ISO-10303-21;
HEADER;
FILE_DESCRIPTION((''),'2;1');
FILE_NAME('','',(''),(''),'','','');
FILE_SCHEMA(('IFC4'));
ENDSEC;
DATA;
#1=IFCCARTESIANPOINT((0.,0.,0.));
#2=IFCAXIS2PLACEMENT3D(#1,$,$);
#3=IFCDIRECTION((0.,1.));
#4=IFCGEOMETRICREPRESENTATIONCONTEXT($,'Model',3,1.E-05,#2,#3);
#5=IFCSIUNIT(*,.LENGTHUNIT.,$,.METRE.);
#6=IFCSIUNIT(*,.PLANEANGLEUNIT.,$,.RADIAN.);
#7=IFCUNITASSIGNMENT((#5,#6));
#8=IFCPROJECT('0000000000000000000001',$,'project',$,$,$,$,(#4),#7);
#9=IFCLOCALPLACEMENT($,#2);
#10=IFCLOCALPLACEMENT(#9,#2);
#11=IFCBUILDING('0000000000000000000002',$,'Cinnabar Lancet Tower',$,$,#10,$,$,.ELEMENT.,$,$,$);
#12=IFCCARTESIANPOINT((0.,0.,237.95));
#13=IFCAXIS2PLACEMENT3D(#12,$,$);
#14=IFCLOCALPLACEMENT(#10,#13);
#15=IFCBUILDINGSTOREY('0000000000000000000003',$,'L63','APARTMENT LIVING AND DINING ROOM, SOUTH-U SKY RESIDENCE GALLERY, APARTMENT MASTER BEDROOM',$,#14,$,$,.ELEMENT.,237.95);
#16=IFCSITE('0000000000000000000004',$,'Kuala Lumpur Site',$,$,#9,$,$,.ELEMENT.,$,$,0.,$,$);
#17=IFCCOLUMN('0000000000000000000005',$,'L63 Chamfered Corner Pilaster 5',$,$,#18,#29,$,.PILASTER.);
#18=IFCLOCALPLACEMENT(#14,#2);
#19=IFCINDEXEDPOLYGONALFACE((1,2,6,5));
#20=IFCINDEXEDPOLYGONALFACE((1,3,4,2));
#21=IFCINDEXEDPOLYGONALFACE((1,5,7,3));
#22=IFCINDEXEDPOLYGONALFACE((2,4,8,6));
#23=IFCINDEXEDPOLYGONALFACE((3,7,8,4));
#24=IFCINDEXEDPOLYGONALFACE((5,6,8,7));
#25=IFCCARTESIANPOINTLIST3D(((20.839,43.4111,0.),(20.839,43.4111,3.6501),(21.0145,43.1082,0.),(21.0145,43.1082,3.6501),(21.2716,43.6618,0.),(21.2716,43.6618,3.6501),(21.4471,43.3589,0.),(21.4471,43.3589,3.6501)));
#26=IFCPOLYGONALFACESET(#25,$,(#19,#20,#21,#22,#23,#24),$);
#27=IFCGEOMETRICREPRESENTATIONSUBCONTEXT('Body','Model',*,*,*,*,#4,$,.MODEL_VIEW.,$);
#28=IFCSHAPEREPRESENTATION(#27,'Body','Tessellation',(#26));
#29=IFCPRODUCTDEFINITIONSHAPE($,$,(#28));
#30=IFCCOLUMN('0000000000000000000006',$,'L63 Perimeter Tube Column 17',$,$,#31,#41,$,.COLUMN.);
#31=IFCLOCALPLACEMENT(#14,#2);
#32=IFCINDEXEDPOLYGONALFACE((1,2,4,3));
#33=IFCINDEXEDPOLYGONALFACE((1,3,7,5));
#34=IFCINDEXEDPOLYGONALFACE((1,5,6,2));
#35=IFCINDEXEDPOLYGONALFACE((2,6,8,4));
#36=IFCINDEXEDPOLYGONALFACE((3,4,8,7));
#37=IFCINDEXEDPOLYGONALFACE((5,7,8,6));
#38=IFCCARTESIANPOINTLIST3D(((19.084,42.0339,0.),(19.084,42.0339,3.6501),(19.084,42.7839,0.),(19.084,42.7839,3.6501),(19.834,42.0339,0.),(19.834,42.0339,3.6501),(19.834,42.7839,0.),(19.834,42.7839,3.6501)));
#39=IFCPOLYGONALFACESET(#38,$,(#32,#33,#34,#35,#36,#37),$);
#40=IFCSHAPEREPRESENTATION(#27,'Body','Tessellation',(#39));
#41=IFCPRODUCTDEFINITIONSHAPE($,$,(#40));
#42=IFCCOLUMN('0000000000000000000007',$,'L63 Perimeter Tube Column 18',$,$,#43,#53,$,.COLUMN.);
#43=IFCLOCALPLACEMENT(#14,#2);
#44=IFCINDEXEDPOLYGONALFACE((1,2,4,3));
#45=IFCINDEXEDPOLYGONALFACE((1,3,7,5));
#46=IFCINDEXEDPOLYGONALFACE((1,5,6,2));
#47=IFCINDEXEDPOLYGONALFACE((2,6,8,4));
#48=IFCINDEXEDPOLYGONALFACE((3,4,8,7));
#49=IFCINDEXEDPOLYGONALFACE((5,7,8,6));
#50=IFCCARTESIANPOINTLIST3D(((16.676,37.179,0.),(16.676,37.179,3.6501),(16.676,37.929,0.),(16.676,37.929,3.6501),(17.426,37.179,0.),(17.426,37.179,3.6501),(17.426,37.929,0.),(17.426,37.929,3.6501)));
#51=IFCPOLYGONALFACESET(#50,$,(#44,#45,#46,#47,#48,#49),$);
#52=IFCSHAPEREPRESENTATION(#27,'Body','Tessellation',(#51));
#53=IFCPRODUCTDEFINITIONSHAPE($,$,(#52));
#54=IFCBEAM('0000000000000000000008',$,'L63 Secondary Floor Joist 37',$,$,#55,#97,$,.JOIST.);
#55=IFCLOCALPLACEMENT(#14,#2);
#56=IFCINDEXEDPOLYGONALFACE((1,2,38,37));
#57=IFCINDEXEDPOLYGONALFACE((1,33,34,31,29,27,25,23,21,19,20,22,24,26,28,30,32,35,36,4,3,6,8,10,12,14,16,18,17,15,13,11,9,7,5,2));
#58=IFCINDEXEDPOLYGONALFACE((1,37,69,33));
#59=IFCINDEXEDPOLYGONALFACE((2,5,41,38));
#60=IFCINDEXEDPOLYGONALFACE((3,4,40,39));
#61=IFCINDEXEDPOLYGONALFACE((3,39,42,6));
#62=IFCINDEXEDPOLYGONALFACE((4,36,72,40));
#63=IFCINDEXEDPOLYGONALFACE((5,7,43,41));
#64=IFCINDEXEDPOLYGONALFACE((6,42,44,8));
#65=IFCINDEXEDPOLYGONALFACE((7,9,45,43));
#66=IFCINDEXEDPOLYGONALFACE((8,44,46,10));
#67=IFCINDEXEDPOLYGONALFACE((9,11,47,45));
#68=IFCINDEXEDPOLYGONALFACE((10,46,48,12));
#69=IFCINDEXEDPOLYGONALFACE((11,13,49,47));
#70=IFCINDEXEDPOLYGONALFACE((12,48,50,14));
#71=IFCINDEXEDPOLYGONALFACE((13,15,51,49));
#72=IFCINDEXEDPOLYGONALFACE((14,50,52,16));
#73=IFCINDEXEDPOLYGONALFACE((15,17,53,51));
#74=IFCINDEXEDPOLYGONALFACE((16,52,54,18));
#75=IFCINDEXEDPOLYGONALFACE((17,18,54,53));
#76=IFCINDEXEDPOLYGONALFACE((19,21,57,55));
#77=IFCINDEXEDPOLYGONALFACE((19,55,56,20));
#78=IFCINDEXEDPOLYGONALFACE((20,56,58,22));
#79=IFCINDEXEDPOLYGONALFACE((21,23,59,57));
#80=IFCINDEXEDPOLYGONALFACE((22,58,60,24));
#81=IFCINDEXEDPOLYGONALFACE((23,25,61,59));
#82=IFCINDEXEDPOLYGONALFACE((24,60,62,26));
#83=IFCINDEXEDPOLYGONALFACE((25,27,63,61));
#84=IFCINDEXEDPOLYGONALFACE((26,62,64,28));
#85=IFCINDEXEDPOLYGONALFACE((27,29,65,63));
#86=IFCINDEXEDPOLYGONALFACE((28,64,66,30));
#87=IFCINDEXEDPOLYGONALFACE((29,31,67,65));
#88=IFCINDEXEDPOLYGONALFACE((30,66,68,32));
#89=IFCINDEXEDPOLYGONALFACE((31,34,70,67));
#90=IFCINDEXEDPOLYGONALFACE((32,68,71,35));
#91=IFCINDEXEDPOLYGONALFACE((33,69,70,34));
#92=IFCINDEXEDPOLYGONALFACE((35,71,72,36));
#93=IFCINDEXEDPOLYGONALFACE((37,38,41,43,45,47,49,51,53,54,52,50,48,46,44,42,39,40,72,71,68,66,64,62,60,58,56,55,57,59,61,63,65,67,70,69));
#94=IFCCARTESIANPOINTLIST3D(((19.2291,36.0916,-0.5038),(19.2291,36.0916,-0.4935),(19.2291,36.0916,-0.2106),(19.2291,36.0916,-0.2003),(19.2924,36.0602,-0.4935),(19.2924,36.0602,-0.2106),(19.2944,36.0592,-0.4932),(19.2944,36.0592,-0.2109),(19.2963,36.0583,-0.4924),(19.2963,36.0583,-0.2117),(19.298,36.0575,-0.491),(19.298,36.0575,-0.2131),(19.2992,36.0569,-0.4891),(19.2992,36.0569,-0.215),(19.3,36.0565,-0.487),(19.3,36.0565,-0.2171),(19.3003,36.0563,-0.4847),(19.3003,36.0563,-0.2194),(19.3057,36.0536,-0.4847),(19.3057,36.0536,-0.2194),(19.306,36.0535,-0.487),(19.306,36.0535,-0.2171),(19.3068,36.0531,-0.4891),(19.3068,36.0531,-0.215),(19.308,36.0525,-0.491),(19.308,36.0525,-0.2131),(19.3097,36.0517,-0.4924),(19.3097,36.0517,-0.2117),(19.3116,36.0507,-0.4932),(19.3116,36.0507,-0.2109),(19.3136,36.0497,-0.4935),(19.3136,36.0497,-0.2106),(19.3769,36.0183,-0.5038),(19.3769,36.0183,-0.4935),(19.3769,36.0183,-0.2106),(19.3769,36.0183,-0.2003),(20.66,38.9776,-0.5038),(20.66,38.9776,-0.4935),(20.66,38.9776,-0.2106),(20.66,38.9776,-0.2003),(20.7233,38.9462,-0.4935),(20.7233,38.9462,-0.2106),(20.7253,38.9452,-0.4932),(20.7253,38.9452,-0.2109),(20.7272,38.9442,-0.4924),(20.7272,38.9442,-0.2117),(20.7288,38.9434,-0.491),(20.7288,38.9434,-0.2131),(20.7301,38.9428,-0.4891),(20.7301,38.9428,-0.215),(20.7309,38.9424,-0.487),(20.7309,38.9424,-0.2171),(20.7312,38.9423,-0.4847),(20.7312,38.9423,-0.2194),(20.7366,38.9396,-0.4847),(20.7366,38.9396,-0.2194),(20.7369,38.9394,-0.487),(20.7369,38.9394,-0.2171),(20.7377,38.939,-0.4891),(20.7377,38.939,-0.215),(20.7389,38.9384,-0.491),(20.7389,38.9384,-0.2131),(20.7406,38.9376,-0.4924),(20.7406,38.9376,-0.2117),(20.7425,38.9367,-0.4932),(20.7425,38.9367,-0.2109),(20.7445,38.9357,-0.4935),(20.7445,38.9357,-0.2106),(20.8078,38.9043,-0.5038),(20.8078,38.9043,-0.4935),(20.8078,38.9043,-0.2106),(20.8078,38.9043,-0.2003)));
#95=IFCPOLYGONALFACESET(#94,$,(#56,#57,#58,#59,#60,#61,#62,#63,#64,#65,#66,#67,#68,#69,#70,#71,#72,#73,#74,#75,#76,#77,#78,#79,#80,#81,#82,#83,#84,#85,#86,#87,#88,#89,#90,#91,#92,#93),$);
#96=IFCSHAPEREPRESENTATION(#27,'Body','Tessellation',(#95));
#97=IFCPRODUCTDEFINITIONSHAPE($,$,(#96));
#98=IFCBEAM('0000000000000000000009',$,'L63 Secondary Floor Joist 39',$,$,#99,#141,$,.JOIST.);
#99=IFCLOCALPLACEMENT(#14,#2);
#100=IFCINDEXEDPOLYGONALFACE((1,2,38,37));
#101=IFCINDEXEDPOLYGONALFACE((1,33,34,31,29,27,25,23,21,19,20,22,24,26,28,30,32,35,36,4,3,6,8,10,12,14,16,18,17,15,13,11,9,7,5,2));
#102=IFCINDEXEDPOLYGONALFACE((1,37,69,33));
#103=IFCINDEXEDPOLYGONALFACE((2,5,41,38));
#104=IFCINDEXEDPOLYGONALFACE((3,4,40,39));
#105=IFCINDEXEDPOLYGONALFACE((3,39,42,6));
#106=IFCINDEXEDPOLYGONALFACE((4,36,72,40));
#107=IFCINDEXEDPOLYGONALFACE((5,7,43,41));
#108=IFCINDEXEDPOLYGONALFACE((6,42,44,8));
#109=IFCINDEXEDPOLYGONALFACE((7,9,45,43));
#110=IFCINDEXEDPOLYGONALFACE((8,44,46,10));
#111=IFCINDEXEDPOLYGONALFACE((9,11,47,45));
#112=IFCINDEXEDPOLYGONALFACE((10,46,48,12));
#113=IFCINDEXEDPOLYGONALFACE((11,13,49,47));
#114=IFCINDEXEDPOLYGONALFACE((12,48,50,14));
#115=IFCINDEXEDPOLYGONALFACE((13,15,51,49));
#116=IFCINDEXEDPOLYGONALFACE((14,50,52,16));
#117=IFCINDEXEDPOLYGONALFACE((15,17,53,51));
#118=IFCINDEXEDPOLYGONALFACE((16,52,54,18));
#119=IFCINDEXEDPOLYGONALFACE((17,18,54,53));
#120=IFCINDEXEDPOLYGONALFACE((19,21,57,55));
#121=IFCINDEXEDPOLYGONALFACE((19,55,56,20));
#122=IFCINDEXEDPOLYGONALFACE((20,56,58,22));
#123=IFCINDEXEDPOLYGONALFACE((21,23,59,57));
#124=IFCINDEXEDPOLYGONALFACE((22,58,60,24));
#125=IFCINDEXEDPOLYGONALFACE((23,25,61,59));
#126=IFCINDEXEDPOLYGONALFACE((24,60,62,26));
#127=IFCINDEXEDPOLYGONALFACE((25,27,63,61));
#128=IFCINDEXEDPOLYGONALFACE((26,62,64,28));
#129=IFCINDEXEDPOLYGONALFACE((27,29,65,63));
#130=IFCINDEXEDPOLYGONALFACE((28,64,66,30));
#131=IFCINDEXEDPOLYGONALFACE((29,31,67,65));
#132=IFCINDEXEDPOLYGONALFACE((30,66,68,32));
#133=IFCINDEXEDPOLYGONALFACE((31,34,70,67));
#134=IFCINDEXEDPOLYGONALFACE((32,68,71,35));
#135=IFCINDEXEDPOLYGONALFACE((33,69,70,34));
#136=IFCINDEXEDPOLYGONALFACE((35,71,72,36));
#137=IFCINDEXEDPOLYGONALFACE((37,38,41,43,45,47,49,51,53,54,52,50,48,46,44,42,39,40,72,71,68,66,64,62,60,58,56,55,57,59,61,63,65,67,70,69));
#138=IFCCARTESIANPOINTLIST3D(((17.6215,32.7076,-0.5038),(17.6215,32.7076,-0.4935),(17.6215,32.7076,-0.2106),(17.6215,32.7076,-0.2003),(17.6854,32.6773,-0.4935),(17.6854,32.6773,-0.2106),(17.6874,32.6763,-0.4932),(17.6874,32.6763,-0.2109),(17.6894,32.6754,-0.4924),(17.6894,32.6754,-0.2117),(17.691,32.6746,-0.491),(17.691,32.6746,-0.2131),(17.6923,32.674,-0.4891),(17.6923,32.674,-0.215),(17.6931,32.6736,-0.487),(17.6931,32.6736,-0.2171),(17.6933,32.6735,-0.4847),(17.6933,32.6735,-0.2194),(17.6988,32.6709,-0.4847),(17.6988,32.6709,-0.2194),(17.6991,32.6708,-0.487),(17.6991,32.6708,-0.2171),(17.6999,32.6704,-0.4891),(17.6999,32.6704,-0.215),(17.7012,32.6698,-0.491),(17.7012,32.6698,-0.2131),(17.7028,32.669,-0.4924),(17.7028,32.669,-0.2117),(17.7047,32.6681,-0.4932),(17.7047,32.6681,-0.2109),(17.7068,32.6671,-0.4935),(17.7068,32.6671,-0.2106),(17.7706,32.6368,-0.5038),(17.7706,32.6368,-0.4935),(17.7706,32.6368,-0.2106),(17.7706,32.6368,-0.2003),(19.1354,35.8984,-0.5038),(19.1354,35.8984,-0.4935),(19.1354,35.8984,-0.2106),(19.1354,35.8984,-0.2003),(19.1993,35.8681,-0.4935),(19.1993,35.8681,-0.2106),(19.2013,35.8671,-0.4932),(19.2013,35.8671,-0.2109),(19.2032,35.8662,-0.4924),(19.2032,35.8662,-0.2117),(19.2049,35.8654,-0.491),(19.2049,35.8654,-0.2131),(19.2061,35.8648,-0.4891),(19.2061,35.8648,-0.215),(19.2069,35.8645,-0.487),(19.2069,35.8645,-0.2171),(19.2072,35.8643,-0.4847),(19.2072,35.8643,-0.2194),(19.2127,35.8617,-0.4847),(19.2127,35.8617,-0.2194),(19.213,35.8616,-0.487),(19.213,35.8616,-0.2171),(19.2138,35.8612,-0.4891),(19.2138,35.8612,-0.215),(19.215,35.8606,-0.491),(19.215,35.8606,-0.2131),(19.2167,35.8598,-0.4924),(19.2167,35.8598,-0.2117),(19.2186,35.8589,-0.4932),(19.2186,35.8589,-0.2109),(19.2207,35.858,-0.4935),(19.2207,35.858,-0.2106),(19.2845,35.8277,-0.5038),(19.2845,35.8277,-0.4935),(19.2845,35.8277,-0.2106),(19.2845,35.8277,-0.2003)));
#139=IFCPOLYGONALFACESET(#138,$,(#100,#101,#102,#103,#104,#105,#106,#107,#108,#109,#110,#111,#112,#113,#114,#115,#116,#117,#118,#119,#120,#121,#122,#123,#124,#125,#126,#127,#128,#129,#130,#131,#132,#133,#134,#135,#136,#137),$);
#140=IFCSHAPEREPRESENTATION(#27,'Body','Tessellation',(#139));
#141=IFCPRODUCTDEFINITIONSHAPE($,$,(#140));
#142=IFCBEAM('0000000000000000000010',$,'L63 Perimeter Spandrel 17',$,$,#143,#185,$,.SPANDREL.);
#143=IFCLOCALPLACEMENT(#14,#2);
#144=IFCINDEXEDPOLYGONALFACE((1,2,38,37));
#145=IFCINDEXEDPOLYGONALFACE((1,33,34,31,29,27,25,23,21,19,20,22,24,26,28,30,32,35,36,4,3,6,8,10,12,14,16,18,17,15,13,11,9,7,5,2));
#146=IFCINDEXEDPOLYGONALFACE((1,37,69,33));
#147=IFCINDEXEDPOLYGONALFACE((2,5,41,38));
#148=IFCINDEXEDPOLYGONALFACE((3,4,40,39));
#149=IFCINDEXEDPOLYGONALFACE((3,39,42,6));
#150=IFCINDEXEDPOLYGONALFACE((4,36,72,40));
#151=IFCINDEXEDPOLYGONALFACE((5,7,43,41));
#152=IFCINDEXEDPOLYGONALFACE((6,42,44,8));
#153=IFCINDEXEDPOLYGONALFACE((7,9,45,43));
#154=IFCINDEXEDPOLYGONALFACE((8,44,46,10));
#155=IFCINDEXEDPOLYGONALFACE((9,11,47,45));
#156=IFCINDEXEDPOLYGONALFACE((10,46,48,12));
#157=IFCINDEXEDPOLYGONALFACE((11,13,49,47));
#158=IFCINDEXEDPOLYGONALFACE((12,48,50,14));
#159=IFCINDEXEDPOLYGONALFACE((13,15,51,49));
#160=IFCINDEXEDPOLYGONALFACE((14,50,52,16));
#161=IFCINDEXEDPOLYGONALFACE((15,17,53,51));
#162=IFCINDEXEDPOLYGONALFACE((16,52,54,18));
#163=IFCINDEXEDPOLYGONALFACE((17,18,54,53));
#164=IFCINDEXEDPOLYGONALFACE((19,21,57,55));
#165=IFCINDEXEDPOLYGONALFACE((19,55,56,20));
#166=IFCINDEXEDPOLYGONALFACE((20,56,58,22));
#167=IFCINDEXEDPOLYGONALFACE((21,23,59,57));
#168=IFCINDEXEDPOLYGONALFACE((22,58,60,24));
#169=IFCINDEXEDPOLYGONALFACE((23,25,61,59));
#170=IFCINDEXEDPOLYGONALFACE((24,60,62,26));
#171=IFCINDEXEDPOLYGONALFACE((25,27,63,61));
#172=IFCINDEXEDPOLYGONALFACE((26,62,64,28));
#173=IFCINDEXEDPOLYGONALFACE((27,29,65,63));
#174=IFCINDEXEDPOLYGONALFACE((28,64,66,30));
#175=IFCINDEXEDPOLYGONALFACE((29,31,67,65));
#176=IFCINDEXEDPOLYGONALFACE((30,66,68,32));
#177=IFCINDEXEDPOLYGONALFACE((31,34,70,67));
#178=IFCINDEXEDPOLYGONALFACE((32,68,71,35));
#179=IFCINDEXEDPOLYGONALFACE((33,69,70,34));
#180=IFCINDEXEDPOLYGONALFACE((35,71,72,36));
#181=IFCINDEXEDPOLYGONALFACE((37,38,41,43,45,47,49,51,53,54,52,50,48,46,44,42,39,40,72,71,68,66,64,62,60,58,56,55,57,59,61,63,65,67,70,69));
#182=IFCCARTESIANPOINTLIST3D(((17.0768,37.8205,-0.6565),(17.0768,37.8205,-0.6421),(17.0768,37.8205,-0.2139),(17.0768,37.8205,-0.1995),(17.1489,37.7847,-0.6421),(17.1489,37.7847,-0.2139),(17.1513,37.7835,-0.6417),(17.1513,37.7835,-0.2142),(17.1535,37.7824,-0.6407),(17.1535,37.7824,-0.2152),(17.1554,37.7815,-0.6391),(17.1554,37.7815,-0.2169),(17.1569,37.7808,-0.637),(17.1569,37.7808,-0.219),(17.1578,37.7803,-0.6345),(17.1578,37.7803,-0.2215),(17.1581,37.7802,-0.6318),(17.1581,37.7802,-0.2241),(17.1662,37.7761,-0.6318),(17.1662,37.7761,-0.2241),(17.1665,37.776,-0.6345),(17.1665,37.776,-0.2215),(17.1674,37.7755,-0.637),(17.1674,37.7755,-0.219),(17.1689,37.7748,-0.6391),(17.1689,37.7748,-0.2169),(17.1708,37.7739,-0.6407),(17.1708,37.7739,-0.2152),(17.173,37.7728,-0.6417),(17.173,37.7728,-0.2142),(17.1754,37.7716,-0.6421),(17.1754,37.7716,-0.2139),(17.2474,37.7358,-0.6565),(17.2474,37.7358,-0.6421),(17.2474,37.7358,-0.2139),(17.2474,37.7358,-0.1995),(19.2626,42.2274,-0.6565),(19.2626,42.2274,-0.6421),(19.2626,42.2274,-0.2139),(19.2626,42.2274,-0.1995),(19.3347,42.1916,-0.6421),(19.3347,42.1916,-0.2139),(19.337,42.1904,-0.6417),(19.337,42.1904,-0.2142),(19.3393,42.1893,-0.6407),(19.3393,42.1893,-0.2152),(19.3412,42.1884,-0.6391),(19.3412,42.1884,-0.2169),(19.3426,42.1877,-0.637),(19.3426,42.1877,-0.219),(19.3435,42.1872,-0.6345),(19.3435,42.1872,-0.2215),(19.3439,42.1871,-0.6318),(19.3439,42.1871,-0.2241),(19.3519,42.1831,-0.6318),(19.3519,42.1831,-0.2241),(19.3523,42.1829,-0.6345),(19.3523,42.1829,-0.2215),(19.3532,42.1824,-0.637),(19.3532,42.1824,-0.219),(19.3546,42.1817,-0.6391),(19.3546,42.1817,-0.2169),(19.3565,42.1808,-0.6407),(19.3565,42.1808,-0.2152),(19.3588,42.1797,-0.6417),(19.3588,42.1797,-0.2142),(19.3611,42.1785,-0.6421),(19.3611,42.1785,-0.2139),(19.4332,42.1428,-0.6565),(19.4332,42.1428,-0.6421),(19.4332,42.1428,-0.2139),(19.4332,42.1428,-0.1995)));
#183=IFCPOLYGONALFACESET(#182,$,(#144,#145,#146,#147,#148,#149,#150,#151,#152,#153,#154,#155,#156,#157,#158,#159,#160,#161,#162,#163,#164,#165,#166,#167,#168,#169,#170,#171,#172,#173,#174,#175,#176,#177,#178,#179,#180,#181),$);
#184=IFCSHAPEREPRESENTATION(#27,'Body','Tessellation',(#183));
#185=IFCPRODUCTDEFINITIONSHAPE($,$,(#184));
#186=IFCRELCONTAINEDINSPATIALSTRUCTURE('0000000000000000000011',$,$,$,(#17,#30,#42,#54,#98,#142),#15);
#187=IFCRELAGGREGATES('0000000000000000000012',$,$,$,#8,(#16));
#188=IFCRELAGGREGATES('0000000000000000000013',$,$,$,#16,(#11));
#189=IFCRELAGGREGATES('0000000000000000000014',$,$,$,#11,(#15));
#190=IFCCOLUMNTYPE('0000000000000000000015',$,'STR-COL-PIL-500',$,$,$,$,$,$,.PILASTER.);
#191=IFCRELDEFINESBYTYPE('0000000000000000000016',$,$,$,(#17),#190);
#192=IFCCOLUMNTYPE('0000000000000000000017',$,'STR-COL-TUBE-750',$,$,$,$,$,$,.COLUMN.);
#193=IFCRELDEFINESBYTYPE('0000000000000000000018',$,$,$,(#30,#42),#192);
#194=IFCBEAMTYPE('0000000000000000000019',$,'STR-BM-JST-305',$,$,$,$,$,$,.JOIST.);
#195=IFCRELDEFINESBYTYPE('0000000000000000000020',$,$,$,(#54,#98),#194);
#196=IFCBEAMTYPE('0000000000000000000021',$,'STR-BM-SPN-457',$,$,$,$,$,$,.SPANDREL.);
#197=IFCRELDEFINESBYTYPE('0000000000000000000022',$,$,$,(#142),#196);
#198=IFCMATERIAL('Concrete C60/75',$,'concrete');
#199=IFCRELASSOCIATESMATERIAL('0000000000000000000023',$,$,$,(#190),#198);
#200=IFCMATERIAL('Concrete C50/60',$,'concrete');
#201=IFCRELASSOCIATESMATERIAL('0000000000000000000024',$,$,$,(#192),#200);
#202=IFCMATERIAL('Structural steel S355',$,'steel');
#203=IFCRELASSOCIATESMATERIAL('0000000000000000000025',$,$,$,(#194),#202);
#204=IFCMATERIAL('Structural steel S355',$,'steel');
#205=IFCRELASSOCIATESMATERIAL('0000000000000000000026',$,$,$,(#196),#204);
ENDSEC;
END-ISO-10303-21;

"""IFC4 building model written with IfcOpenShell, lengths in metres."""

from ifc_helpers import new_model, si_unit, direction, frame, origin, origin_2d, place, context, subcontext, project, spatial, rectangle, i_section, extrude, material, material_profile, profile_set, type_object, element, save


model = new_model("IFC4")

# Units and contexts
model_context = context("Model", 3, precision=1e-05, world=origin(), true_north=direction((0.0, 1.0)))
body_context = subcontext(model_context, "Body", "Model", "MODEL_VIEW")
ifc_project = project(units=[si_unit("LENGTHUNIT", "METRE"), si_unit("PLANEANGLEUNIT", "RADIAN")], contexts=[model_context])

# Site, building, storey
site_placement = place(None, origin())
site = spatial("IfcSite", under=ifc_project, at=site_placement, Name="Kuala Lumpur Site", CompositionType="ELEMENT", RefElevation=0.0)
building_placement = place(site_placement, origin())
building = spatial("IfcBuilding", under=site, at=building_placement, Name="Cinnabar Lancet Tower", CompositionType="ELEMENT")
storey_placement = place(building_placement, frame((0.0, 0.0, 237.95)))
storey = spatial("IfcBuildingStorey", under=building, at=storey_placement, Name="L63", Description="APARTMENT LIVING AND DINING ROOM, SOUTH-U SKY RESIDENCE GALLERY, APARTMENT MASTER BEDROOM", CompositionType="ELEMENT", Elevation=237.95)

# Columns
ifc_material_1 = material(Name="Concrete C60/75", Category="concrete")
ifc_material_profile_1 = material_profile(ifc_material_1, rectangle(XDim=0.5, YDim=0.3501, at=origin_2d()), Name="RC-PIL 500x350")
ifc_profile_set_1 = profile_set([ifc_material_profile_1], Name="Concrete C60/75")
column_type_1 = type_object("IfcColumnType", Name="STR-COL-PIL-500", PredefinedType="PILASTER", material=ifc_profile_set_1)
column_placement = place(storey_placement, frame((21.1431, 43.385, 0.0), z_axis=(0.0, 0.0, 1.0), x_axis=(-0.865256, -0.50133, 0.0)))
element("IfcColumn", 1, at=column_placement, inside=storey, type_object=column_type_1, Name="L63 Chamfered Corner Pilaster 5", PredefinedType="PILASTER", context=body_context, shape_type="SweptSolid", body=[
    extrude(rectangle(XDim=0.5, YDim=0.3501, at=origin_2d()), origin(), (0.0, 0.0, 1.0), 3.6501),
])
ifc_material_2 = material(Name="Concrete C50/60", Category="concrete")
ifc_material_profile_2 = material_profile(ifc_material_2, rectangle(XDim=0.75, YDim=0.75, at=origin_2d()), Name="RC-COL 750x750")
ifc_profile_set_2 = profile_set([ifc_material_profile_2], Name="Concrete C50/60")
column_type_2 = type_object("IfcColumnType", Name="STR-COL-TUBE-750", PredefinedType="COLUMN", material=ifc_profile_set_2)
for number, where, z_axis, x_axis, name in (
    (2, (19.459, 42.4089, 0.0), (0.0, 0.0, 1.0), (1.0, 0.0, 0.0), "L63 Perimeter Tube Column 17"),
    (3, (17.051, 37.554, 0.0), (0.0, 0.0, 1.0), (1.0, 0.0, 0.0), "L63 Perimeter Tube Column 18"),
):
    element("IfcColumn", number, at=place(storey_placement, frame(where, z_axis=z_axis, x_axis=x_axis)), inside=storey, type_object=column_type_2, Name=name, PredefinedType="COLUMN", context=body_context, shape_type="SweptSolid", body=[
        extrude(rectangle(XDim=0.75, YDim=0.75, at=origin_2d()), origin(), (0.0, 0.0, 1.0), 3.6501),
    ])

# Beams
ifc_material_3 = material(Name="Structural steel S355", Category="steel")
ifc_material_profile_3 = material_profile(ifc_material_3, i_section(OverallWidth=0.165, OverallDepth=0.3035, WebThickness=0.0061, FlangeThickness=0.0103, FilletRadius=0.0088, at=origin_2d()), Name="UKB 305x165x40")
ifc_profile_set_3 = profile_set([ifc_material_profile_3], Name="Structural steel S355")
beam_type_1 = type_object("IfcBeamType", Name="STR-BM-JST-305", PredefinedType="JOIST", material=ifc_profile_set_3)
beam_1_placement = place(storey_placement, frame((20.7339, 38.9409, -0.3521), z_axis=(-0.44421, -0.895923, 0.0), x_axis=(0.895923, -0.44421, 0.0)))
element("IfcBeam", 4, at=beam_1_placement, inside=storey, type_object=beam_type_1, Name="L63 Secondary Floor Joist 37", PredefinedType="JOIST", context=body_context, shape_type="SweptSolid", body=[
    extrude(i_section(OverallWidth=0.165, OverallDepth=0.3035, WebThickness=0.0061, FlangeThickness=0.0103, FilletRadius=0.0088, at=origin_2d()), origin(), (0.0, 0.0, 1.0), 3.2212),
])
beam_2_placement = place(storey_placement, frame((19.21, 35.863, -0.3521), z_axis=(-0.428648, -0.903472, 0.0), x_axis=(0.903472, -0.428648, 0.0)))
element("IfcBeam", 5, at=beam_2_placement, inside=storey, type_object=beam_type_1, Name="L63 Secondary Floor Joist 39", PredefinedType="JOIST", context=body_context, shape_type="SweptSolid", body=[
    extrude(i_section(OverallWidth=0.165, OverallDepth=0.3035, WebThickness=0.0061, FlangeThickness=0.0103, FilletRadius=0.0088, at=origin_2d()), origin(), (0.0, 0.0, 1.0), 3.5317),
])
ifc_material_4 = material(Name="Structural steel S355", Category="steel")
ifc_material_profile_4 = material_profile(ifc_material_4, i_section(OverallWidth=0.1904, OverallDepth=0.457, WebThickness=0.009, FlangeThickness=0.0144, FilletRadius=0.0103, at=origin_2d()), Name="UKB 457x191x74")
ifc_profile_set_4 = profile_set([ifc_material_profile_4], Name="Structural steel S355")
beam_type_2 = type_object("IfcBeamType", Name="STR-BM-SPN-457", PredefinedType="SPANDREL", material=ifc_profile_set_4)
beam_3_placement = place(storey_placement, frame((19.3479, 42.1851, -0.428), z_axis=(-0.444333, -0.895862, 0.0), x_axis=(0.895862, -0.444333, 0.0)))
element("IfcBeam", 6, at=beam_3_placement, inside=storey, type_object=beam_type_2, Name="L63 Perimeter Spandrel 17", PredefinedType="SPANDREL", context=body_context, shape_type="SweptSolid", body=[
    extrude(i_section(OverallWidth=0.1904, OverallDepth=0.457, WebThickness=0.009, FlangeThickness=0.0144, FilletRadius=0.0103, at=origin_2d()), origin(), (0.0, 0.0, 1.0), 4.9192),
])

save(model, "model.ifc")
